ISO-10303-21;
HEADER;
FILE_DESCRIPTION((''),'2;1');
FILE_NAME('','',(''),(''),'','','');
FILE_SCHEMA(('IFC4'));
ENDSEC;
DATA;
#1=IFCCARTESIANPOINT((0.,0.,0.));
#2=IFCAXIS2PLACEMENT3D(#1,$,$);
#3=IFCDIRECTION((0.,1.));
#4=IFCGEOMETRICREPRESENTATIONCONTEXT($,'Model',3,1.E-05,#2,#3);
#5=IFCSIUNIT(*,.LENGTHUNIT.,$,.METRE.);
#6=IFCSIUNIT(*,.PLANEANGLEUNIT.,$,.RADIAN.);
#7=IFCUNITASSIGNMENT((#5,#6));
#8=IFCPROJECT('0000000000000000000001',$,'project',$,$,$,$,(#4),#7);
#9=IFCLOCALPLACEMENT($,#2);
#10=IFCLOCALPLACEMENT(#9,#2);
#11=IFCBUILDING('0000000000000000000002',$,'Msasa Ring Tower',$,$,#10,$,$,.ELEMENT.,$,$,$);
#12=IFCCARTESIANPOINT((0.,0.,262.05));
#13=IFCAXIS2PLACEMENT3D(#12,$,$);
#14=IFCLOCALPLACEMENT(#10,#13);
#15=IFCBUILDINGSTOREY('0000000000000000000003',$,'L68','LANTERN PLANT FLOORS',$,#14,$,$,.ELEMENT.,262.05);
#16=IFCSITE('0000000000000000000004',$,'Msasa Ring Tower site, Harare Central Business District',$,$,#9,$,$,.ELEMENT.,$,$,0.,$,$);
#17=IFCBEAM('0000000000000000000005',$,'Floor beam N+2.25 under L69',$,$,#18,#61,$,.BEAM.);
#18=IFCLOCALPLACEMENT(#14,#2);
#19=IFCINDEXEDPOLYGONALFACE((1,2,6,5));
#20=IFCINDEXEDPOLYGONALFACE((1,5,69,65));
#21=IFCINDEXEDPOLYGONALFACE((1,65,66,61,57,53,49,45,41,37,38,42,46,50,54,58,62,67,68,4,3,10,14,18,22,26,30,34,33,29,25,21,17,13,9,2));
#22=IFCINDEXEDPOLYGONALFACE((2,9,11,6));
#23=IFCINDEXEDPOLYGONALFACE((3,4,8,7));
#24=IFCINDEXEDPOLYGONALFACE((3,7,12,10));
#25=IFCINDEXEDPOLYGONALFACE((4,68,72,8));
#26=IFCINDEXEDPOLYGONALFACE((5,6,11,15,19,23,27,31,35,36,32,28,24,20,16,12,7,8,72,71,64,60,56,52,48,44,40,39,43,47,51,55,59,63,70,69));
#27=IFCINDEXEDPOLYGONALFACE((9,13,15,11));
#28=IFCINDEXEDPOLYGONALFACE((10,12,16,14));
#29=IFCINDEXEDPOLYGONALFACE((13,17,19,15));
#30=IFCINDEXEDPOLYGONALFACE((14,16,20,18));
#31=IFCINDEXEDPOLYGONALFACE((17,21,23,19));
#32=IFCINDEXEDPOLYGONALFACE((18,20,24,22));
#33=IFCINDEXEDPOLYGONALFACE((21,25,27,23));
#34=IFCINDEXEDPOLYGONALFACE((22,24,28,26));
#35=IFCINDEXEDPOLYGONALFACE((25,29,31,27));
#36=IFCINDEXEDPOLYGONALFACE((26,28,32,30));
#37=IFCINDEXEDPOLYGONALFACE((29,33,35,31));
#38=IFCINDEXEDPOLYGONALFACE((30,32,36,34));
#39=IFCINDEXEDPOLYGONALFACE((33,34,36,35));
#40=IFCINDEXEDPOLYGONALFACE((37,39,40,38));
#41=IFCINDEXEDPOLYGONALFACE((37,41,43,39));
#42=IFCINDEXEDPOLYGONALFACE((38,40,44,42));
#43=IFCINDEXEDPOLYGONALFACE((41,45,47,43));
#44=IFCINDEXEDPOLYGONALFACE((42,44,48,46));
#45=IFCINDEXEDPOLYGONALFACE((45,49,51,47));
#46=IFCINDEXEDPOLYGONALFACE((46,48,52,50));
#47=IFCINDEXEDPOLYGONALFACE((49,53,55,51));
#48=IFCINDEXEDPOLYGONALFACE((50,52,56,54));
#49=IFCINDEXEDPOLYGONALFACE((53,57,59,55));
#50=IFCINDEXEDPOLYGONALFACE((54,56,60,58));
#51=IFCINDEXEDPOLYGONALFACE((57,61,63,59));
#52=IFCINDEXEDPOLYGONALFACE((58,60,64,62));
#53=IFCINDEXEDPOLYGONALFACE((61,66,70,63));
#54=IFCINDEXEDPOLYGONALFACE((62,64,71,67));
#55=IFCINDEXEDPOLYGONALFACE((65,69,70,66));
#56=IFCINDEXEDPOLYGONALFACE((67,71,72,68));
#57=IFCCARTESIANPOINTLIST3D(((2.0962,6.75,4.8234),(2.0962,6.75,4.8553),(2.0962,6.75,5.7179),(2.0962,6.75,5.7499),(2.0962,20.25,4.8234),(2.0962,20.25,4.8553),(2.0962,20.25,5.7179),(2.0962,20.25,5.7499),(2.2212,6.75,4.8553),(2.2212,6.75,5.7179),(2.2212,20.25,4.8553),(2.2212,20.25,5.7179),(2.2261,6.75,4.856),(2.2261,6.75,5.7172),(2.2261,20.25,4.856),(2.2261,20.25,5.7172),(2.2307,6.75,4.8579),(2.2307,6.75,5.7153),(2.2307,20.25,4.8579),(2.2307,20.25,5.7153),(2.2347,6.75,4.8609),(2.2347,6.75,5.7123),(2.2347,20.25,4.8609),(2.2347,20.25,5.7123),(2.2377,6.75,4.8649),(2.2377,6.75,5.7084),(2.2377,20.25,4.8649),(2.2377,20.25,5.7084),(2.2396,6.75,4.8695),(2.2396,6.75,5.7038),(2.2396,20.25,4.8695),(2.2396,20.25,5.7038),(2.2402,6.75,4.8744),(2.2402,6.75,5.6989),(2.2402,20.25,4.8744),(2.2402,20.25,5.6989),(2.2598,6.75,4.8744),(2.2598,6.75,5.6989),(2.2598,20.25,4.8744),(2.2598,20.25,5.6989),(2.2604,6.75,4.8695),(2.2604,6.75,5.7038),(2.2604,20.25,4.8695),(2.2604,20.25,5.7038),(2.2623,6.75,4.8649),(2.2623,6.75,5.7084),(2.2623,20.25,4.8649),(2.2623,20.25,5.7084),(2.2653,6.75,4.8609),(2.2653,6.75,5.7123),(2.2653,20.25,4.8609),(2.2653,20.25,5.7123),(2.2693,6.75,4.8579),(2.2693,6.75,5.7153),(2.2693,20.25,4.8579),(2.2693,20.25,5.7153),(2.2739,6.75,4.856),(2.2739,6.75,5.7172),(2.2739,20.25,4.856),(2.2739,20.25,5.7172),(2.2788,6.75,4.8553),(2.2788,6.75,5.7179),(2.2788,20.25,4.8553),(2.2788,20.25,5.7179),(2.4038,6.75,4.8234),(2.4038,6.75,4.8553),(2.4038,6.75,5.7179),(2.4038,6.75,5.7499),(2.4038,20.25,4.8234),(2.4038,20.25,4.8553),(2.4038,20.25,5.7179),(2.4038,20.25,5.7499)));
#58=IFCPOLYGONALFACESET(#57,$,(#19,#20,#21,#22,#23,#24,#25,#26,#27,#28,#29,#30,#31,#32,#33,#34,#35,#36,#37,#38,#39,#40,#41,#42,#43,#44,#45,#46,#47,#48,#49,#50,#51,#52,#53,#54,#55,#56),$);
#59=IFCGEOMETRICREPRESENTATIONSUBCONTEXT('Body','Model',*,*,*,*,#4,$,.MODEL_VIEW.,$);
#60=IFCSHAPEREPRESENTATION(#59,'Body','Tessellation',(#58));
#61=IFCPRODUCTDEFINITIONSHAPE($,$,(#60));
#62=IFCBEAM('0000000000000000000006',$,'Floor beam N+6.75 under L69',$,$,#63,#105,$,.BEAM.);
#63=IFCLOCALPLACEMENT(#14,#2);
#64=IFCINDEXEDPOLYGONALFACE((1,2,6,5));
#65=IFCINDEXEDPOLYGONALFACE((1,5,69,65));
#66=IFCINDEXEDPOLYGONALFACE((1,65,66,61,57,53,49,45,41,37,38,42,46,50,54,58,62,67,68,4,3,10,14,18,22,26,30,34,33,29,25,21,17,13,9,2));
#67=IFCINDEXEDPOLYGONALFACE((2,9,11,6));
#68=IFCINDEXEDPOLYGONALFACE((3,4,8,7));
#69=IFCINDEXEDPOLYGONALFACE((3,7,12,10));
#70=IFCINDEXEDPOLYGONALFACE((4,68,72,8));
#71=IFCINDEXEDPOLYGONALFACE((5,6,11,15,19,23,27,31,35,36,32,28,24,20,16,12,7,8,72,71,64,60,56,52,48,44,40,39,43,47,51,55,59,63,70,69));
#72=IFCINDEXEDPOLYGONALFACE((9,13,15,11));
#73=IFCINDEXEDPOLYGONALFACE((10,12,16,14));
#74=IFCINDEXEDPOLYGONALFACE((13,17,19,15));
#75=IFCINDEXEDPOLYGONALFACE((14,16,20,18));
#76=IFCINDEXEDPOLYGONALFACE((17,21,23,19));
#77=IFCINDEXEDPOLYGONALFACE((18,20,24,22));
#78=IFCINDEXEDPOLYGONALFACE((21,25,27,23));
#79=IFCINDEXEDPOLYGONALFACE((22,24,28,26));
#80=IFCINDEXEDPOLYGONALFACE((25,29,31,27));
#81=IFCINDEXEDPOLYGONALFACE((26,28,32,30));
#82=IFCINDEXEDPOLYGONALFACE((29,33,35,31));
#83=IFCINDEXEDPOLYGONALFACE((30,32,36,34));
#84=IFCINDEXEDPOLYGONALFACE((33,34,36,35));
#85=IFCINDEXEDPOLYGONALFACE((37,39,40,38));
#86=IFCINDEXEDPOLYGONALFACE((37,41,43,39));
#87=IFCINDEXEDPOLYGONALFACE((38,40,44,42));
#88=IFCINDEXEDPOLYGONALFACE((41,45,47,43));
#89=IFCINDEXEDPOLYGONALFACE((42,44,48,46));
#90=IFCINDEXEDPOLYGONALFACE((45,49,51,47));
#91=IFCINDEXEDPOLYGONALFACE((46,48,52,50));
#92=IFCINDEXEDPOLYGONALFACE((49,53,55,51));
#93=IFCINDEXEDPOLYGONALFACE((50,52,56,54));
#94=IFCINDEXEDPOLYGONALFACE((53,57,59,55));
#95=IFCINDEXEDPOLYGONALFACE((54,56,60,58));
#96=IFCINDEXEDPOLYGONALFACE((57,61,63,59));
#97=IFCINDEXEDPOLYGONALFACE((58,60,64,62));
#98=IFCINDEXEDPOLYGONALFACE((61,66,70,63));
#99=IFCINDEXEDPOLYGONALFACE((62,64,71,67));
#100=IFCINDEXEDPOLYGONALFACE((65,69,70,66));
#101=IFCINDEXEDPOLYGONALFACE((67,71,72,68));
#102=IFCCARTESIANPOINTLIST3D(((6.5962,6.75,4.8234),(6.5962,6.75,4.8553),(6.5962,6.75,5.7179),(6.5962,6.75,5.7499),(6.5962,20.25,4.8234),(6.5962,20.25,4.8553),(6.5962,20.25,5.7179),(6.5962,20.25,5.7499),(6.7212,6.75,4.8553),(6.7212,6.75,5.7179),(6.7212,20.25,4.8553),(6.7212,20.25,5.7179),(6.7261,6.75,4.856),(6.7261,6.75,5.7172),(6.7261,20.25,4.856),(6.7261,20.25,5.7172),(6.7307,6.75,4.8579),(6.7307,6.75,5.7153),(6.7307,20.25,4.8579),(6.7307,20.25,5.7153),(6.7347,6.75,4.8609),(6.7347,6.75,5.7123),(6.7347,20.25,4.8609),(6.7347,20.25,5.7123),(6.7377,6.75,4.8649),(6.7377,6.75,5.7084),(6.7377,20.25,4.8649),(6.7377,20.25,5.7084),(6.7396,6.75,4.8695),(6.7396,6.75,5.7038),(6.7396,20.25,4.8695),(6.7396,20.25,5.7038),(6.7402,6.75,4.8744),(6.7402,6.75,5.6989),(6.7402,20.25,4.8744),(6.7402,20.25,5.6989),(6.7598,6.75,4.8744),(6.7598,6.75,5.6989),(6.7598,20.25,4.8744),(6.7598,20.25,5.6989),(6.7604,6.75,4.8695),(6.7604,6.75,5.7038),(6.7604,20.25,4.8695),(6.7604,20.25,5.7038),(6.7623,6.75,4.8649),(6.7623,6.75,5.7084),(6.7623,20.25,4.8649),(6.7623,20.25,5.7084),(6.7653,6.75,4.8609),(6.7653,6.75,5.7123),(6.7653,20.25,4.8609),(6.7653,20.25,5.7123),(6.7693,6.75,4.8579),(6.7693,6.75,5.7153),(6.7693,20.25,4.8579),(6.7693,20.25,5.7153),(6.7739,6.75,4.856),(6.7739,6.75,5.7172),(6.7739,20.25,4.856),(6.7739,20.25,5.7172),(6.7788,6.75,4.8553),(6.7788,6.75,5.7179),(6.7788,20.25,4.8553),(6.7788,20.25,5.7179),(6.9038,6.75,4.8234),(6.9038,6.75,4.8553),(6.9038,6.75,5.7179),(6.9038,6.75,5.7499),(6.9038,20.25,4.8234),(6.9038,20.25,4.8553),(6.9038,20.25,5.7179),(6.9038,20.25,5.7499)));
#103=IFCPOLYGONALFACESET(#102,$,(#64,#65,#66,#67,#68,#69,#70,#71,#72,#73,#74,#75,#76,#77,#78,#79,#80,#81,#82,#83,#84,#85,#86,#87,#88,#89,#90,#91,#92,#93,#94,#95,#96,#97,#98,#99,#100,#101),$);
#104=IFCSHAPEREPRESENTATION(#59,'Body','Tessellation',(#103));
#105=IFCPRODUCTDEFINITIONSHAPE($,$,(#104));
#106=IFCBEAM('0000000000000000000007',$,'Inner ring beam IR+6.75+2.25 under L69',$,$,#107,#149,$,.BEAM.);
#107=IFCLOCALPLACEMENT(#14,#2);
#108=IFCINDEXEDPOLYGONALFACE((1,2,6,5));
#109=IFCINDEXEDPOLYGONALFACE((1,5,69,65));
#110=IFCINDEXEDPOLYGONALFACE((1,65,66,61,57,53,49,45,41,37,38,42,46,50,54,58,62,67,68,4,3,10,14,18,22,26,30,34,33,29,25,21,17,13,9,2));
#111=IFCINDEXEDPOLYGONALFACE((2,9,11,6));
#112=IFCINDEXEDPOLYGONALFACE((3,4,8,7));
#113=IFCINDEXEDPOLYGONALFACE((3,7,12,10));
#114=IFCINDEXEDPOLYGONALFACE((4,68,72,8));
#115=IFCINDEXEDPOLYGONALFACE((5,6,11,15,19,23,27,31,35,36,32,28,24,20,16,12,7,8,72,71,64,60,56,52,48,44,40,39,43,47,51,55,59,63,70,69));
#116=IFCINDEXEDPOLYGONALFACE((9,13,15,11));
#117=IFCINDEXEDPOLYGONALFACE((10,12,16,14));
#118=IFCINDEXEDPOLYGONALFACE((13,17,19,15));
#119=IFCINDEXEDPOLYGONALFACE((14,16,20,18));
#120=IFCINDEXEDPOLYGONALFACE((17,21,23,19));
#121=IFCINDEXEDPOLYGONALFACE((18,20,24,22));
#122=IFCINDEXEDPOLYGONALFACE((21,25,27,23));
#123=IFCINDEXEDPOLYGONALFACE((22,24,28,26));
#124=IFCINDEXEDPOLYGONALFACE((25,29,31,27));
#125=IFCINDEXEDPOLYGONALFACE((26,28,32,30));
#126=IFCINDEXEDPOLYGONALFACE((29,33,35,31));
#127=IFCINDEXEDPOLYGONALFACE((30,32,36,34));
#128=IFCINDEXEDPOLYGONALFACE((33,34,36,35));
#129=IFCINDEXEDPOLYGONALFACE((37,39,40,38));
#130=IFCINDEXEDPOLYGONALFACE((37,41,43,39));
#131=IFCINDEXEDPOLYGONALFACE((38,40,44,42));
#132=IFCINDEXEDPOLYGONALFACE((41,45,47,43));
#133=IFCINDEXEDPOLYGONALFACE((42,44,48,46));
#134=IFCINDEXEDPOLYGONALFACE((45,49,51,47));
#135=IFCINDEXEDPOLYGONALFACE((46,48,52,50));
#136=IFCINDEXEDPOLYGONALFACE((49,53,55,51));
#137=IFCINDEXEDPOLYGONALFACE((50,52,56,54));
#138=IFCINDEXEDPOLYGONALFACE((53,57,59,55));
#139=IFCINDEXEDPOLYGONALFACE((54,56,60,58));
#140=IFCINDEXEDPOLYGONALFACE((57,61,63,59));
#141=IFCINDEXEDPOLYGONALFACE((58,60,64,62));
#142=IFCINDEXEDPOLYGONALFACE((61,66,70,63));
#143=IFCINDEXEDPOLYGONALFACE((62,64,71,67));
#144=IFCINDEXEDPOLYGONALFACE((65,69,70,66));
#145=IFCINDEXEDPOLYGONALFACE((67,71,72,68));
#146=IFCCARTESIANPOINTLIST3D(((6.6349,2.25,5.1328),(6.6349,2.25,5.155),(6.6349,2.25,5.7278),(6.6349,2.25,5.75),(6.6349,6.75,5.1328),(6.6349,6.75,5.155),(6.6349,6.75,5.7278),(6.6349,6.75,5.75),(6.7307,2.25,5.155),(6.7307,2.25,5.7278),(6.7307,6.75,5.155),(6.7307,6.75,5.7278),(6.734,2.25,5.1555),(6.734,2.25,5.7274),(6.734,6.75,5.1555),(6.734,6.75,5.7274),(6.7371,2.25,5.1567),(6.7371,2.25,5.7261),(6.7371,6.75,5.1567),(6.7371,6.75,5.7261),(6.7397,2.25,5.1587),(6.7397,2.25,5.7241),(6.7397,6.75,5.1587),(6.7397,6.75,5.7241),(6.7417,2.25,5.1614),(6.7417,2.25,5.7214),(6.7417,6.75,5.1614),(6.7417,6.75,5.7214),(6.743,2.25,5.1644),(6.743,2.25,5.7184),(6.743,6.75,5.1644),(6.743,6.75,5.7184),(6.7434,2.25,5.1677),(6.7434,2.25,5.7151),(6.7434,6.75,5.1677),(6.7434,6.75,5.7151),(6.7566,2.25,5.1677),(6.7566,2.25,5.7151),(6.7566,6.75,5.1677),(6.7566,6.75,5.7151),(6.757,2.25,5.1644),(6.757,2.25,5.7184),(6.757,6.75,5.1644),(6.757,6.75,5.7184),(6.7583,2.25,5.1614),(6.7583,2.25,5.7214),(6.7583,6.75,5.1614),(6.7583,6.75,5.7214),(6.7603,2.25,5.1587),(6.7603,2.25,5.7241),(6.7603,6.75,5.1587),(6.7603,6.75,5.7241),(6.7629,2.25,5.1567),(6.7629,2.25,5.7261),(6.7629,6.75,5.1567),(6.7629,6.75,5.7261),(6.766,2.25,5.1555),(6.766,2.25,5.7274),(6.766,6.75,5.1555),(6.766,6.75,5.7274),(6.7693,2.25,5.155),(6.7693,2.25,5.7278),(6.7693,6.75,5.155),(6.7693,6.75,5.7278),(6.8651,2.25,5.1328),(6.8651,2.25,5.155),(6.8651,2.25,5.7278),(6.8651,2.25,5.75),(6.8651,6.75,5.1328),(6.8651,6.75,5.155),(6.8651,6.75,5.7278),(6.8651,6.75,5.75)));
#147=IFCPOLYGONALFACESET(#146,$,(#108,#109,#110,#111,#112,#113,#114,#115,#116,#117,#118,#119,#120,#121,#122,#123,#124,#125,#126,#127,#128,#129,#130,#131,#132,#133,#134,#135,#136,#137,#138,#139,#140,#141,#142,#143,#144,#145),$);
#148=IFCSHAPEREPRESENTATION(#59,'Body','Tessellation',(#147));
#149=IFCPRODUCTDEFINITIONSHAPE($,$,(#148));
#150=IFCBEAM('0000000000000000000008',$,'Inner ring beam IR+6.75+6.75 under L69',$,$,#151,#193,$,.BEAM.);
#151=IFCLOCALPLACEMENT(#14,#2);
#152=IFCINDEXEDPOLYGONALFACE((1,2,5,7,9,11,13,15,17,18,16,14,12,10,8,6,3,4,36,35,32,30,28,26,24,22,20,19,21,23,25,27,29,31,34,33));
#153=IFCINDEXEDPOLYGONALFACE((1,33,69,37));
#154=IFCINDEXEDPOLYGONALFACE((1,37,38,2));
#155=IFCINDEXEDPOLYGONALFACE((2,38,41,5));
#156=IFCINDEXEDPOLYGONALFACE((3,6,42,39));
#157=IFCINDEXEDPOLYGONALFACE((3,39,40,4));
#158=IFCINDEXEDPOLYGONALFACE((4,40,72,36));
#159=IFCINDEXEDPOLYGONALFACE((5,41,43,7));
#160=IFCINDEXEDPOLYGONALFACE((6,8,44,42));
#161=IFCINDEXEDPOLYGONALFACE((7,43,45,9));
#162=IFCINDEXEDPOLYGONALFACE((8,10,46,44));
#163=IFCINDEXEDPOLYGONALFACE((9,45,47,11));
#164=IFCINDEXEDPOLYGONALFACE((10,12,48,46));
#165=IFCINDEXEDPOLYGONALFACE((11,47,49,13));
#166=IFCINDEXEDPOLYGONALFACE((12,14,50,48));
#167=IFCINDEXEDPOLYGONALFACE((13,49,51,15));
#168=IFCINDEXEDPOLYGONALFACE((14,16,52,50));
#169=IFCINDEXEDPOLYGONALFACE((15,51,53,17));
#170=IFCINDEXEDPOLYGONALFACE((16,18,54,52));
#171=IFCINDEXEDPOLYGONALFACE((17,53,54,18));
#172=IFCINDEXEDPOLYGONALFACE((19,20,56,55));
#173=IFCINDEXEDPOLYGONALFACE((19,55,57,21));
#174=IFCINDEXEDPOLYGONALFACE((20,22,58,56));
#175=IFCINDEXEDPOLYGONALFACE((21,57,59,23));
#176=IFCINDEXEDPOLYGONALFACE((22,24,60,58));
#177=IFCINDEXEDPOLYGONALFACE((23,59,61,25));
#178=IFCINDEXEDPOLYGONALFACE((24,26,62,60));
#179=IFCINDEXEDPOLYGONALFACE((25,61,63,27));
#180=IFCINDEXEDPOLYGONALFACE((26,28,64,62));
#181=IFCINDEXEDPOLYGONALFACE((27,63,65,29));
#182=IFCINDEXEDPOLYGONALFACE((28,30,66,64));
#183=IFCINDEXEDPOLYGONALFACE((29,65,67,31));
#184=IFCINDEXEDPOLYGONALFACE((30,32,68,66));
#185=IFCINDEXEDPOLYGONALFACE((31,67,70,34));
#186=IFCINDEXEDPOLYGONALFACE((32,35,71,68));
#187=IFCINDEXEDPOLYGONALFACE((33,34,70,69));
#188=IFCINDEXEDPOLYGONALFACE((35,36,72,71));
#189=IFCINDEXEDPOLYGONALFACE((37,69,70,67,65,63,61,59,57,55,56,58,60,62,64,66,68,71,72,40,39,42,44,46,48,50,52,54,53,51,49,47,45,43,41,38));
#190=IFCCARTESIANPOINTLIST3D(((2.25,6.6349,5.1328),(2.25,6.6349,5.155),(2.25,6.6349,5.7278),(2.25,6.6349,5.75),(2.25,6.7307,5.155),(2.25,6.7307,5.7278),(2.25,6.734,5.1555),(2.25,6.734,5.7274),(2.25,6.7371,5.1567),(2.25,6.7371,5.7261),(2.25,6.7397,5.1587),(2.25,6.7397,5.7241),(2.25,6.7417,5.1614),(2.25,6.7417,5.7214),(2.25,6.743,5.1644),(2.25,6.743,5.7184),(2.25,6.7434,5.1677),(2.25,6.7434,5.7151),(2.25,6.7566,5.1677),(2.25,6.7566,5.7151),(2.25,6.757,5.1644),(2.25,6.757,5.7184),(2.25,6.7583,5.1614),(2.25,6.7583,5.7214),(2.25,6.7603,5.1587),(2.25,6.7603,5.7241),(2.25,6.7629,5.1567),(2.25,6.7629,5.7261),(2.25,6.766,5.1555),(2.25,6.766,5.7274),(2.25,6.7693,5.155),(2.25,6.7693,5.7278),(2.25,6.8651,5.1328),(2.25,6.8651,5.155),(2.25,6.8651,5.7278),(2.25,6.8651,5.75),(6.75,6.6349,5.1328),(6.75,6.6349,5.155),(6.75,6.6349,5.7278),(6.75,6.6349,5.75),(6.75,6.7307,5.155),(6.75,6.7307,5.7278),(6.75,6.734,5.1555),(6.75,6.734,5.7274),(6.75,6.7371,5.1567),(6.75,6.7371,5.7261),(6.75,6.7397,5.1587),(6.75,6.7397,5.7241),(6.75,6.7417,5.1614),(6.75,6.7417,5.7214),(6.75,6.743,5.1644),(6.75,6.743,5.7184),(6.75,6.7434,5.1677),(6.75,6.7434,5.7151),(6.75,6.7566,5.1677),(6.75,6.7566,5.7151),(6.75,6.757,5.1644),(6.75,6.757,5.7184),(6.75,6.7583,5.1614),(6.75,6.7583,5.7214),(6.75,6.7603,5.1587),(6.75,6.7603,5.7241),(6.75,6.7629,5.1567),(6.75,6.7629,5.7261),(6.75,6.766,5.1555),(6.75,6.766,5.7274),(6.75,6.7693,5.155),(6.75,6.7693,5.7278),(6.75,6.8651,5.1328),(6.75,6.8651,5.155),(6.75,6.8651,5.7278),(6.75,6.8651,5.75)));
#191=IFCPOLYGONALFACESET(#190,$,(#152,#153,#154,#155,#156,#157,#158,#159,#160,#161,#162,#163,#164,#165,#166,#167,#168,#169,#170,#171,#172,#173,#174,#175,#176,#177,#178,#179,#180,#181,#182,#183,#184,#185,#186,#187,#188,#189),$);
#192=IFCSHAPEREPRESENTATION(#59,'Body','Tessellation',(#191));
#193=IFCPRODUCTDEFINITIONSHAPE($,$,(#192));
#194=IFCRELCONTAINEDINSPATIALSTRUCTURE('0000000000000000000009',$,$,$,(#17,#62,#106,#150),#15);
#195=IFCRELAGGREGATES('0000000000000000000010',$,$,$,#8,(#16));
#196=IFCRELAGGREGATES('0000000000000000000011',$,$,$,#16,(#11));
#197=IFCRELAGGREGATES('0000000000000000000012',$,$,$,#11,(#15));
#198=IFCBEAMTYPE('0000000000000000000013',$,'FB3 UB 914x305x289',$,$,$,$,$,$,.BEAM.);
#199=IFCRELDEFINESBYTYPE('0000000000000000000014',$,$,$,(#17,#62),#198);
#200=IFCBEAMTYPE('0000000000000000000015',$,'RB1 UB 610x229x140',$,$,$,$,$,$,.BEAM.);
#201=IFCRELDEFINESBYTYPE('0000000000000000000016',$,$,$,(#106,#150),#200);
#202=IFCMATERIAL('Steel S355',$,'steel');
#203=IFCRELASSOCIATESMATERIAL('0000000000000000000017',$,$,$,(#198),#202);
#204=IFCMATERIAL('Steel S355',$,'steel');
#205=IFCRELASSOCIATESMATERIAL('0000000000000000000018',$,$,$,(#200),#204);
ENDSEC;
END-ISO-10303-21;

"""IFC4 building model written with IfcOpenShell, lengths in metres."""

from ifc_helpers import new_model, si_unit, direction, frame, origin, origin_2d, place, context, subcontext, project, spatial, i_section, extrude, material, material_profile, profile_set, type_object, element, save


model = new_model("IFC4")

# Units and contexts
model_context = context("Model", 3, precision=1e-05, world=origin(), true_north=direction((0.0, 1.0)))
body_context = subcontext(model_context, "Body", "Model", "MODEL_VIEW")
ifc_project = project(units=[si_unit("LENGTHUNIT", "METRE"), si_unit("PLANEANGLEUNIT", "RADIAN")], contexts=[model_context])

# Site, building, storey
site_placement = place(None, origin())
site = spatial("IfcSite", under=ifc_project, at=site_placement, Name="Msasa Ring Tower site, Harare Central Business District", CompositionType="ELEMENT", RefElevation=0.0)
building_placement = place(site_placement, origin())
building = spatial("IfcBuilding", under=site, at=building_placement, Name="Msasa Ring Tower", CompositionType="ELEMENT")
storey_placement = place(building_placement, frame((0.0, 0.0, 262.05)))
storey = spatial("IfcBuildingStorey", under=building, at=storey_placement, Name="L68", Description="LANTERN PLANT FLOORS", CompositionType="ELEMENT", Elevation=262.05)

# Beams
ifc_material_1 = material(Name="Steel S355", Category="steel")
ifc_material_profile_1 = material_profile(ifc_material_1, i_section(OverallWidth=0.3076, OverallDepth=0.9265, WebThickness=0.0195, FlangeThickness=0.032, FilletRadius=0.019, at=origin_2d()), Name="UB 914x305x289")
ifc_profile_set_1 = profile_set([ifc_material_profile_1], Name="Steel S355")
beam_type_1 = type_object("IfcBeamType", Name="FB3 UB 914x305x289", PredefinedType="BEAM", material=ifc_profile_set_1)
for number, where, z_axis, x_axis, name in (
    (1, (2.25, 20.25, 5.2866), (0.0, -1.0, 0.0), (1.0, 0.0, 0.0), "Floor beam N+2.25 under L69"),
    (2, (6.75, 20.25, 5.2866), (0.0, -1.0, 0.0), (1.0, 0.0, 0.0), "Floor beam N+6.75 under L69"),
):
    element("IfcBeam", number, at=place(storey_placement, frame(where, z_axis=z_axis, x_axis=x_axis)), inside=storey, type_object=beam_type_1, Name=name, PredefinedType="BEAM", context=body_context, shape_type="SweptSolid", body=[
        extrude(i_section(OverallWidth=0.3076, OverallDepth=0.9265, WebThickness=0.0195, FlangeThickness=0.032, FilletRadius=0.019, at=origin_2d()), origin(), (0.0, 0.0, 1.0), 13.5),
    ])
ifc_material_2 = material(Name="Steel S355", Category="steel")
ifc_material_profile_2 = material_profile(ifc_material_2, i_section(OverallWidth=0.2302, OverallDepth=0.6172, WebThickness=0.0132, FlangeThickness=0.0222, FilletRadius=0.0127, at=origin_2d()), Name="UB 610x229x140")
ifc_profile_set_2 = profile_set([ifc_material_profile_2], Name="Steel S355")
beam_type_2 = type_object("IfcBeamType", Name="RB1 UB 610x229x140", PredefinedType="BEAM", material=ifc_profile_set_2)
for number, where, z_axis, x_axis, name in (
    (3, (6.75, 2.25, 5.4414), (0.0, 1.0, 0.0), (-1.0, 0.0, 0.0), "Inner ring beam IR+6.75+2.25 under L69"),
    (4, (6.75, 6.75, 5.4414), (-1.0, 0.0, 0.0), (0.0, -1.0, 0.0), "Inner ring beam IR+6.75+6.75 under L69"),
):
    element("IfcBeam", number, at=place(storey_placement, frame(where, z_axis=z_axis, x_axis=x_axis)), inside=storey, type_object=beam_type_2, Name=name, PredefinedType="BEAM", context=body_context, shape_type="SweptSolid", body=[
        extrude(i_section(OverallWidth=0.2302, OverallDepth=0.6172, WebThickness=0.0132, FlangeThickness=0.0222, FilletRadius=0.0127, at=origin_2d()), origin(), (0.0, 0.0, 1.0), 4.5),
    ])

save(model, "model.ifc")
